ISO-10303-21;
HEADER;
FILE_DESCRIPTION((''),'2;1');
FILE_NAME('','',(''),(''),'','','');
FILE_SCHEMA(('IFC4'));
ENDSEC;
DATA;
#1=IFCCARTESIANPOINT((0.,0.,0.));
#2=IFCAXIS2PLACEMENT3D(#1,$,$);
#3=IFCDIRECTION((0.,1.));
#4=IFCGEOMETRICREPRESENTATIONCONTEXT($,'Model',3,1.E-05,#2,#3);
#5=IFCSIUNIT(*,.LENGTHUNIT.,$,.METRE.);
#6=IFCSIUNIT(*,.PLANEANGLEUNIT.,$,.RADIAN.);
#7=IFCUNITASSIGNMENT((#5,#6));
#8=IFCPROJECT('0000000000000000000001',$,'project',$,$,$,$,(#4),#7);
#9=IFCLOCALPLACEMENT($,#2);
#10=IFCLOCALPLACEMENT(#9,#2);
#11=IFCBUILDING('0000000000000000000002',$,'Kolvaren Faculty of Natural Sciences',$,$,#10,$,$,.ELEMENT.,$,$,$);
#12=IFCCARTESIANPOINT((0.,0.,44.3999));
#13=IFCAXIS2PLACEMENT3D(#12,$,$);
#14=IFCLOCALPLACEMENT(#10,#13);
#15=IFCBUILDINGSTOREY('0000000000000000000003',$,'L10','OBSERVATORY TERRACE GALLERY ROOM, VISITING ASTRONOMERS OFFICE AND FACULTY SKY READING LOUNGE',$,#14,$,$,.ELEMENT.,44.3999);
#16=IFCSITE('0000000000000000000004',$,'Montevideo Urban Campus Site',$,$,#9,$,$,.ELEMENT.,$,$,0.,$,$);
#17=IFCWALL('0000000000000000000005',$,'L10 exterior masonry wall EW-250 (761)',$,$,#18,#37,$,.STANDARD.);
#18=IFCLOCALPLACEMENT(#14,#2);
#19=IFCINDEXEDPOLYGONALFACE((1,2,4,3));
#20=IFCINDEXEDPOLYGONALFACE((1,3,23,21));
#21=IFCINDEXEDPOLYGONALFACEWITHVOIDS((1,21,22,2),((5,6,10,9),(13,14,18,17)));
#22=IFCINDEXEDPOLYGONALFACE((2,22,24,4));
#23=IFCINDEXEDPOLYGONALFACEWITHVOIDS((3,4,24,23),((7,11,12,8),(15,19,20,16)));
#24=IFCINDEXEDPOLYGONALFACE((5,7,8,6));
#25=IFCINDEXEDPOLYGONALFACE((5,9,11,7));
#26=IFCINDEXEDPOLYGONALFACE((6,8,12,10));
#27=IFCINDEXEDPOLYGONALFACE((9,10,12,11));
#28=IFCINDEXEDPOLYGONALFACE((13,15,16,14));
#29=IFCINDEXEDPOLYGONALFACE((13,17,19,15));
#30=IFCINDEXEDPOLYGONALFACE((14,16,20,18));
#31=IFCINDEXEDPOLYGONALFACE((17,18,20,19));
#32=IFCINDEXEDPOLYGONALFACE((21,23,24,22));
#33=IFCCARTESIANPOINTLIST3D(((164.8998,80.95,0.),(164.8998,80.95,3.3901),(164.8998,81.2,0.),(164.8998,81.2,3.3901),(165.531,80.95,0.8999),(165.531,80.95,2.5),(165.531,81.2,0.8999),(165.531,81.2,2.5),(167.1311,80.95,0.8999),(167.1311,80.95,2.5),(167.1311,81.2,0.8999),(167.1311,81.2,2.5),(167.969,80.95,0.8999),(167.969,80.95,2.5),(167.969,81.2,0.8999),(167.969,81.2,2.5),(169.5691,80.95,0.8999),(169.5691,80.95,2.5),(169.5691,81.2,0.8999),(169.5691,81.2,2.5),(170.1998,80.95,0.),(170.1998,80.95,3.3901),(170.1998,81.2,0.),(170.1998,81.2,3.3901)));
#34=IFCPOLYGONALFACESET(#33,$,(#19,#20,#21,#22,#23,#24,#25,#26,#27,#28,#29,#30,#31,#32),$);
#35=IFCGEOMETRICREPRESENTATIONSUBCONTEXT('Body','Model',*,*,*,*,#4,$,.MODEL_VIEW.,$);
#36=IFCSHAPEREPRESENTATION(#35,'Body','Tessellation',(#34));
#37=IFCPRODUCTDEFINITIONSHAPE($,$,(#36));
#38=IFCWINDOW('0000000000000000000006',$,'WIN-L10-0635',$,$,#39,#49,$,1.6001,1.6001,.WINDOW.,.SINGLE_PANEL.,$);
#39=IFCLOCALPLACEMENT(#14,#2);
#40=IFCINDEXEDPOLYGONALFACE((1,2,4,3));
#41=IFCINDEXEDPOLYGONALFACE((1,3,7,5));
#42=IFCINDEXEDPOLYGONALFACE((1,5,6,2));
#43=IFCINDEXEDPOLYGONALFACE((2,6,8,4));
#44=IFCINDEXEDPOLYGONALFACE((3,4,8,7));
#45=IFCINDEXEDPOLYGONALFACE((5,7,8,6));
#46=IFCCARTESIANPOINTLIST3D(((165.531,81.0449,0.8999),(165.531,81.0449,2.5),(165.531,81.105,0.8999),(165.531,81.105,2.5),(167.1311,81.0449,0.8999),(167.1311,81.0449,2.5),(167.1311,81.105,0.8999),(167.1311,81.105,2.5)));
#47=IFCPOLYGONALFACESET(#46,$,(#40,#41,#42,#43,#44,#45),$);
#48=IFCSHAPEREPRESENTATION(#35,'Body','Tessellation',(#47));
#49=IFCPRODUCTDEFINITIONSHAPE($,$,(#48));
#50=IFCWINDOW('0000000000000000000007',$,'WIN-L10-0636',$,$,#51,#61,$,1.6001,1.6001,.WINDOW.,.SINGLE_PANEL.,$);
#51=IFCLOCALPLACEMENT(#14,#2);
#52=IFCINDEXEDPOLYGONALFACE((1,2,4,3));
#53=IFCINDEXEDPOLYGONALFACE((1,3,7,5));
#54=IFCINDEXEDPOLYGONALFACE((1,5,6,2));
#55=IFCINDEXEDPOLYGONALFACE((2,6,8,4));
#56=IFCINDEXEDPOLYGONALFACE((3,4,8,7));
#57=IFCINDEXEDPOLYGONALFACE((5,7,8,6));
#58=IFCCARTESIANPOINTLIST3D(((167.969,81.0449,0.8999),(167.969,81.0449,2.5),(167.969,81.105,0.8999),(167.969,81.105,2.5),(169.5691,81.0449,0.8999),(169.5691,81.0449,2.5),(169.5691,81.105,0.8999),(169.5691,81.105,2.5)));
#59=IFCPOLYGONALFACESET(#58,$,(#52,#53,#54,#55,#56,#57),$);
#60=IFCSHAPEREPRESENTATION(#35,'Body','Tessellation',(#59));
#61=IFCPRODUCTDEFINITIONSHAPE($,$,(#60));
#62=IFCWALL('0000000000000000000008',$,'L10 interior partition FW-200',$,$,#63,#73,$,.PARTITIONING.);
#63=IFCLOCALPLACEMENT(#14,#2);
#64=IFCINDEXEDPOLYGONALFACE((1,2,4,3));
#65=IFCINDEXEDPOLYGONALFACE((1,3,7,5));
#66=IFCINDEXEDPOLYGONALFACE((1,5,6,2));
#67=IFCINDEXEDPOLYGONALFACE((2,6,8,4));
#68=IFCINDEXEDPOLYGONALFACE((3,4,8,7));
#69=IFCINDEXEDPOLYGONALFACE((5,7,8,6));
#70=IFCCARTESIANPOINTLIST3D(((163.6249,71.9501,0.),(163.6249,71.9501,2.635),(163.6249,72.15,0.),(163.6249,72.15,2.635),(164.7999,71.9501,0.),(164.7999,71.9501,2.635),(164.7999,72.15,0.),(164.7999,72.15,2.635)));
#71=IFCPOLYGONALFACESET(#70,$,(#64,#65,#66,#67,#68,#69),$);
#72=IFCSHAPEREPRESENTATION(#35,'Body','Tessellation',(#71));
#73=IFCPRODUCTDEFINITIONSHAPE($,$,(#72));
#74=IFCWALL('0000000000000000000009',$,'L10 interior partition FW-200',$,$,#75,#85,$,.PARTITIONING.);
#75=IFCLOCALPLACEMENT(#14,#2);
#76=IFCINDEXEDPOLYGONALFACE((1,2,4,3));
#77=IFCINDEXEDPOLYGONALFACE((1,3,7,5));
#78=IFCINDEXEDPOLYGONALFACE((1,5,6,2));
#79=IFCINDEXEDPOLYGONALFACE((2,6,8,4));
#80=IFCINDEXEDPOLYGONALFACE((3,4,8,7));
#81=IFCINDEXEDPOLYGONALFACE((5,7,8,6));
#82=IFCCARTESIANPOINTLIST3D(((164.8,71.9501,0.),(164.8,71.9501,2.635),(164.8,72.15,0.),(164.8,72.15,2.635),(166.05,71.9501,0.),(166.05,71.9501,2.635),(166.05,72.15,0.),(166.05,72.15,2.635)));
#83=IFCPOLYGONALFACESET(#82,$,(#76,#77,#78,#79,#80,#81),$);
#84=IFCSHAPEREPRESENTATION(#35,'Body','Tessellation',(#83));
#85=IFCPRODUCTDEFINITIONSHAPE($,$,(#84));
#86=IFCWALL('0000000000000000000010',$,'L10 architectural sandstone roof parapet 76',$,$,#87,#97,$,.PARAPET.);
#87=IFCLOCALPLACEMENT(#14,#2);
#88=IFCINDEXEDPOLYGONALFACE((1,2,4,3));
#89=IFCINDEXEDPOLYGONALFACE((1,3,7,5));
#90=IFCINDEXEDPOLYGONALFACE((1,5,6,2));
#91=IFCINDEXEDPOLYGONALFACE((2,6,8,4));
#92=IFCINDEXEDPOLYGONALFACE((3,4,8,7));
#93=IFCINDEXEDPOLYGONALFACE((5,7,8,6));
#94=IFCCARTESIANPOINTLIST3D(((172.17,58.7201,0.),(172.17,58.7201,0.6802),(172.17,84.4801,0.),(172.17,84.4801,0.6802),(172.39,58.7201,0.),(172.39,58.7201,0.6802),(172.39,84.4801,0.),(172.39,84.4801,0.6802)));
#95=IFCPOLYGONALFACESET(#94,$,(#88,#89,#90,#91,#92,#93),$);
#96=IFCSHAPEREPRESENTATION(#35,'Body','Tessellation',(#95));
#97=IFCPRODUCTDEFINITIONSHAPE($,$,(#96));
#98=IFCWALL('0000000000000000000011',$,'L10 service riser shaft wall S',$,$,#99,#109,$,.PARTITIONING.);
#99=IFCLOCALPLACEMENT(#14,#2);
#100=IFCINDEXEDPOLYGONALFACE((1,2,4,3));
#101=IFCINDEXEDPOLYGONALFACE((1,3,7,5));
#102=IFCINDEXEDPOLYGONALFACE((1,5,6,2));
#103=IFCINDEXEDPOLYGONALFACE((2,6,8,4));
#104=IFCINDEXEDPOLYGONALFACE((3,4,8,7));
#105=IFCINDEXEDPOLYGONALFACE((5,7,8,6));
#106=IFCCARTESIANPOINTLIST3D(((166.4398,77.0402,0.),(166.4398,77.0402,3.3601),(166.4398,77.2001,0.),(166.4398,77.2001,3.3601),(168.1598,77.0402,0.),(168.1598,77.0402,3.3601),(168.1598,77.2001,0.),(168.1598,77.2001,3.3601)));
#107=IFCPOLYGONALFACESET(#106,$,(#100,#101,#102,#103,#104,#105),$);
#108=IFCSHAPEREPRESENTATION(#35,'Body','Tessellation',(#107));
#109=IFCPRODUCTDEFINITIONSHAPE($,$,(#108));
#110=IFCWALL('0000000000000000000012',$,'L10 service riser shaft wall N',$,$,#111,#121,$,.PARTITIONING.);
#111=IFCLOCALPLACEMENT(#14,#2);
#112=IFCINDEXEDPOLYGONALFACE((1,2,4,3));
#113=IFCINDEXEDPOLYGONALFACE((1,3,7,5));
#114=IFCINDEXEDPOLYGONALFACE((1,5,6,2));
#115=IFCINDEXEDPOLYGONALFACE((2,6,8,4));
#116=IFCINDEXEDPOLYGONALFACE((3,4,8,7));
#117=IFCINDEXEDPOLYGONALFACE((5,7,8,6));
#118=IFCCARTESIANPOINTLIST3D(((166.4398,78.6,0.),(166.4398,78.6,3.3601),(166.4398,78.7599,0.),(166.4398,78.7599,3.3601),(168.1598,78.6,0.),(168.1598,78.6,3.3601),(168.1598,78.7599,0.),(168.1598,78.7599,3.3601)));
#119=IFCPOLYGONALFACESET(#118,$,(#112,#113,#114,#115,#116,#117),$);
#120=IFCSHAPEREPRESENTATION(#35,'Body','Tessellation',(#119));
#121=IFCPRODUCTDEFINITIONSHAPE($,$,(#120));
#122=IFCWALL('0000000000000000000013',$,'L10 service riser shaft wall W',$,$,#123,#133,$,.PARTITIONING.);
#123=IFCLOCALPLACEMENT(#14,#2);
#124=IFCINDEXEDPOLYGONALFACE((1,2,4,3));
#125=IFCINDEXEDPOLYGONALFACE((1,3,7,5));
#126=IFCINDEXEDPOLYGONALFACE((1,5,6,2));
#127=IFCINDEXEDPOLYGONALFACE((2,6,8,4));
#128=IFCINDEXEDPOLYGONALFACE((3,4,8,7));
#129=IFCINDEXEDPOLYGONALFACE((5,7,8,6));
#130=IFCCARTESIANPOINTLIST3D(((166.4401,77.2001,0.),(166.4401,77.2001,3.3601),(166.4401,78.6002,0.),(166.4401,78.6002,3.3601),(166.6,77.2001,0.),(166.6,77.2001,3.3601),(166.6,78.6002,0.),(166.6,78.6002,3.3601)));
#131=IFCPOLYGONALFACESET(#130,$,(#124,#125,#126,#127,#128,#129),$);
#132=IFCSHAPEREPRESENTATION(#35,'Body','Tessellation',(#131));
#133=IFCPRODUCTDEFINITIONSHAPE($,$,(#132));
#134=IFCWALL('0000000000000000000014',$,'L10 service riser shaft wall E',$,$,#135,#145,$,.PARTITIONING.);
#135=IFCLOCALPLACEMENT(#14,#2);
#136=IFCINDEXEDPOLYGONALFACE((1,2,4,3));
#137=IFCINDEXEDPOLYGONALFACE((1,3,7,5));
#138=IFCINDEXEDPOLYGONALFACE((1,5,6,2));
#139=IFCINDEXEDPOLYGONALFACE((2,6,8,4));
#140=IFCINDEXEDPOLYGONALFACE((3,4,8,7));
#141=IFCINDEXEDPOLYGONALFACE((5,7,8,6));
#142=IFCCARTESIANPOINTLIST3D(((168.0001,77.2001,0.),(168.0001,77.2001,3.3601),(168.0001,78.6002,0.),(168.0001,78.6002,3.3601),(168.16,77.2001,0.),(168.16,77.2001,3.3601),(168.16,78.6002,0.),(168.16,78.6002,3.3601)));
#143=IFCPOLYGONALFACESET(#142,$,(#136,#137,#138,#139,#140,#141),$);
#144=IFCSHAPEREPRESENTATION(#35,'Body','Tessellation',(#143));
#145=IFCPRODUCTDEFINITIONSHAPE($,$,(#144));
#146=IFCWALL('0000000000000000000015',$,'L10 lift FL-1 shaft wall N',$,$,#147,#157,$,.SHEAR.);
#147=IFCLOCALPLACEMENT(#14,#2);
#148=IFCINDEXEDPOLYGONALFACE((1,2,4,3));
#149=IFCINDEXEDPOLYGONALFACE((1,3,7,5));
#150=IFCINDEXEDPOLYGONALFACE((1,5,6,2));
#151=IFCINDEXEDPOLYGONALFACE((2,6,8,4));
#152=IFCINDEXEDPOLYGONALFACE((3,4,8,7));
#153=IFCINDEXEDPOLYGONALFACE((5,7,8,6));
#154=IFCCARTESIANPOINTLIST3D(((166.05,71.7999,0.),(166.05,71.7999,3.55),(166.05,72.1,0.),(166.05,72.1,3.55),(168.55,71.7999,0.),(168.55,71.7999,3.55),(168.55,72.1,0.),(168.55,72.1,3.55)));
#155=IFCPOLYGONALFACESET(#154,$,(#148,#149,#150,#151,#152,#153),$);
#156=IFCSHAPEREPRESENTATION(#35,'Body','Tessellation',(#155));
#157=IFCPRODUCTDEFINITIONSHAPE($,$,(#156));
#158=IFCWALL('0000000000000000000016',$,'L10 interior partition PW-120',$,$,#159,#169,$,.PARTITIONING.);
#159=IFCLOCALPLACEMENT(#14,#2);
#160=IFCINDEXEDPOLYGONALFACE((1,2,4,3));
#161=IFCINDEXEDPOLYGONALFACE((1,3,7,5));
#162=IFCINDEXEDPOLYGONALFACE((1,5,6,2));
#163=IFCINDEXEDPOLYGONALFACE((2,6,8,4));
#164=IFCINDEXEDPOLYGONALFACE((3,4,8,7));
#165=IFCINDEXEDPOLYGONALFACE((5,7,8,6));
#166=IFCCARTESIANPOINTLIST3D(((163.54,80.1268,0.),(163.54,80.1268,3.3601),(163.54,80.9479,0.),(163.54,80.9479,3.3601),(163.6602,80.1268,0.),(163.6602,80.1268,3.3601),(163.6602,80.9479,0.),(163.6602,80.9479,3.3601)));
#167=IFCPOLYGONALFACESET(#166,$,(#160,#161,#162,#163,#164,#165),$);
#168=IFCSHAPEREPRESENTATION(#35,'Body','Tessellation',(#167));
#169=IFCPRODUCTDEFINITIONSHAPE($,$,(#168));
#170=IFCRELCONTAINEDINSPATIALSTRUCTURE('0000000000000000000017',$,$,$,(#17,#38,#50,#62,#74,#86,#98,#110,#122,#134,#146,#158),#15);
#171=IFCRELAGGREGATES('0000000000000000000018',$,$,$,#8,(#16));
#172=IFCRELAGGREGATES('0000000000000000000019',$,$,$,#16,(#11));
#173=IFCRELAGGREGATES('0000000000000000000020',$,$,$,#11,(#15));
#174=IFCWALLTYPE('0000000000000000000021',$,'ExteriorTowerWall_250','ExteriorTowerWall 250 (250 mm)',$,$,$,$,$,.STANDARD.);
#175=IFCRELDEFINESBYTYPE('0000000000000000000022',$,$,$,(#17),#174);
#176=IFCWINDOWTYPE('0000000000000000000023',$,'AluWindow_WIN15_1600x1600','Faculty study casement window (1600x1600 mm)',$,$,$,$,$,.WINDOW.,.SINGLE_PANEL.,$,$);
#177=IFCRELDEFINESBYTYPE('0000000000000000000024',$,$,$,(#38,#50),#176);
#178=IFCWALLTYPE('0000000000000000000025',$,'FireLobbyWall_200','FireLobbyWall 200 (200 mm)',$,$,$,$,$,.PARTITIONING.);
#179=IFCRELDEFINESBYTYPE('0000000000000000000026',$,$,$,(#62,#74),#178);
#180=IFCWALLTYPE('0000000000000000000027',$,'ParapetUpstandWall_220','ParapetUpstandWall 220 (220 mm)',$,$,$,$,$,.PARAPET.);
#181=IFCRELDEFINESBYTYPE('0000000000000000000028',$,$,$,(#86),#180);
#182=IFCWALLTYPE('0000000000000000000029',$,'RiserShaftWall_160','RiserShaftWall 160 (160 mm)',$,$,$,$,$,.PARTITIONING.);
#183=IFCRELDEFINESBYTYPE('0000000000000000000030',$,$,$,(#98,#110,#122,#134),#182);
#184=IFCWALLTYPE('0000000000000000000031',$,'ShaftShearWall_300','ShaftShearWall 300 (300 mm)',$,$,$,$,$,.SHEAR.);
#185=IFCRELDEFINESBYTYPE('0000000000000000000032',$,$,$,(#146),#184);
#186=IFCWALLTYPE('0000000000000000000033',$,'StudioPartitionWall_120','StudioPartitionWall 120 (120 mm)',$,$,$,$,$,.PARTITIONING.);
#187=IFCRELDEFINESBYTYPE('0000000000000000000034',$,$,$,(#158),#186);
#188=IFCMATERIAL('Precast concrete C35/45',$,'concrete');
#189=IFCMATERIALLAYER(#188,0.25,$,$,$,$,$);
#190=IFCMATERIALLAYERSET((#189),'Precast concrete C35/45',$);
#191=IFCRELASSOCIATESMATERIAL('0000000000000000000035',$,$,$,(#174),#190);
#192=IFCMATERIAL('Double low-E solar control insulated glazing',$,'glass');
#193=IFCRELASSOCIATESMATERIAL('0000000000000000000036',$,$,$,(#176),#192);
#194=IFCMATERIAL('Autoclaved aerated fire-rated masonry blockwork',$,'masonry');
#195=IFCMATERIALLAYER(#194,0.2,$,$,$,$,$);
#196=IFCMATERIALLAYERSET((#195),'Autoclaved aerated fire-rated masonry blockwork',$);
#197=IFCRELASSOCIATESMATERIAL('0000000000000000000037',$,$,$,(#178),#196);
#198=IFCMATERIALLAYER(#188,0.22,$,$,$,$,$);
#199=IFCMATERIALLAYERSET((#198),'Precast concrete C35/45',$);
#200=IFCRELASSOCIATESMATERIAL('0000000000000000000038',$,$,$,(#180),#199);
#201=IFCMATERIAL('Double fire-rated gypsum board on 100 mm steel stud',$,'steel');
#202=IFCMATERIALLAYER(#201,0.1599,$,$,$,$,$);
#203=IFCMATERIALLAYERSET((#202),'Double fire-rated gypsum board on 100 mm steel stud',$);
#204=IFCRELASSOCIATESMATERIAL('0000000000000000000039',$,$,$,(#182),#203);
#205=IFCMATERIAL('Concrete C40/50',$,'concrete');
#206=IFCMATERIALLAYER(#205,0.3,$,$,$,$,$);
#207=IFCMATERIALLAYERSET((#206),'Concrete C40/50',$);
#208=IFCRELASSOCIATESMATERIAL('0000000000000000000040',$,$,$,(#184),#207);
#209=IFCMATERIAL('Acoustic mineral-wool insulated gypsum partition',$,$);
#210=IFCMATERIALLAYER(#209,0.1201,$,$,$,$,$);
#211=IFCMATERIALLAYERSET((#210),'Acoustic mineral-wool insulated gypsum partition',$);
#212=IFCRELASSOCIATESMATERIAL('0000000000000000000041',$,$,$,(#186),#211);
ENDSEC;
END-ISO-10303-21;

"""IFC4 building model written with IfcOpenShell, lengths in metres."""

from ifc_helpers import new_model, si_unit, direction, frame, frame_2d, origin, place, context, subcontext, project, spatial, rectangle, extrude, material, layer, layer_set, type_object, element, fill, save


model = new_model("IFC4")

# Units and contexts
model_context = context("Model", 3, precision=1e-05, world=origin(), true_north=direction((0.0, 1.0)))
body_context = subcontext(model_context, "Body", "Model", "MODEL_VIEW")
ifc_project = project(units=[si_unit("LENGTHUNIT", "METRE"), si_unit("PLANEANGLEUNIT", "RADIAN")], contexts=[model_context])

# Site, building, storey
site_placement = place(None, origin())
site = spatial("IfcSite", under=ifc_project, at=site_placement, Name="Montevideo Urban Campus Site", CompositionType="ELEMENT", RefElevation=0.0)
building_placement = place(site_placement, origin())
building = spatial("IfcBuilding", under=site, at=building_placement, Name="Kolvaren Faculty of Natural Sciences", CompositionType="ELEMENT")
storey_placement = place(building_placement, frame((0.0, 0.0, 44.3999)))
storey = spatial("IfcBuildingStorey", under=building, at=storey_placement, Name="L10", Description="OBSERVATORY TERRACE GALLERY ROOM, VISITING ASTRONOMERS OFFICE AND FACULTY SKY READING LOUNGE", CompositionType="ELEMENT", Elevation=44.3999)

# Shared definitions
ifc_material_1 = material(Name="Precast concrete C35/45", Category="concrete")

# Shared definitions
ifc_material_2 = material(Name="Acoustic mineral-wool insulated gypsum partition")

# Shared definitions
ifc_layer_1 = layer(ifc_material_1, 0.25)
ifc_layer_set_1 = layer_set([ifc_layer_1], Name="Precast concrete C35/45")
wall_type_1 = type_object("IfcWallType", Name="ExteriorTowerWall_250", Description="ExteriorTowerWall 250 (250 mm)", PredefinedType="STANDARD", material=ifc_layer_set_1)
ifc_material_3 = material(Name="Double low-E solar control insulated glazing", Category="glass")

# Wall, openings, windows
wall_1_placement = place(storey_placement, frame((164.8999, 81.075, 0.0), z_axis=(0.0, 0.0, 1.0), x_axis=(1.0, 0.0, 0.0)))
wall_1 = element("IfcWall", 1, at=wall_1_placement, inside=storey, type_object=wall_type_1, Name="L10 exterior masonry wall EW-250 (761)", PredefinedType="STANDARD", context=body_context, shape_type="SweptSolid", body=[
    extrude(rectangle(XDim=5.3, YDim=0.25, at=frame_2d((2.6499, 0.0))), origin(), (0.0, 0.0, 1.0), 3.3901),
])
opening_1_placement = place(wall_1_placement, frame((0.6311, 0.0, 0.8999)))
opening_1 = element("IfcOpeningElement", 2, at=opening_1_placement, cuts=wall_1, PredefinedType="OPENING", context=body_context, shape_type="SweptSolid", body=[
    extrude(rectangle(XDim=1.6001, YDim=1.6001, at=frame_2d((0.8, 0.8))), frame((0.0, 0.135, 0.0), z_axis=(0.0, -1.0, 0.0), x_axis=(1.0, 0.0, 0.0)), (0.0, 0.0, 1.0), 0.27),
])
opening_2_placement = place(wall_1_placement, frame((3.0691, 0.0, 0.8999)))
opening_2 = element("IfcOpeningElement", 3, at=opening_2_placement, cuts=wall_1, PredefinedType="OPENING", context=body_context, shape_type="SweptSolid", body=[
    extrude(rectangle(XDim=1.6001, YDim=1.6001, at=frame_2d((0.8, 0.8))), frame((0.0, 0.135, 0.0), z_axis=(0.0, -1.0, 0.0), x_axis=(1.0, 0.0, 0.0)), (0.0, 0.0, 1.0), 0.27),
])
window_type_1 = type_object("IfcWindowType", Name="AluWindow_WIN15_1600x1600", Description="Faculty study casement window (1600x1600 mm)", PartitioningType="SINGLE_PANEL", PredefinedType="WINDOW", material=ifc_material_3)
window_1_placement = place(opening_1_placement, origin())
window_1 = element("IfcWindow", 4, at=window_1_placement, inside=storey, type_object=window_type_1, Name="WIN-L10-0635", OverallHeight=1.6001, OverallWidth=1.6001, PartitioningType="SINGLE_PANEL", PredefinedType="WINDOW", context=body_context, shape_type="SweptSolid", body=[
    extrude(rectangle(XDim=1.6001, YDim=1.6001, at=frame_2d((0.8, 0.8))), frame((0.0, 0.03, 0.0), z_axis=(0.0, -1.0, 0.0), x_axis=(1.0, 0.0, 0.0)), (0.0, 0.0, 1.0), 0.0601),
])
fill(opening_1, window_1)
window_2_placement = place(opening_2_placement, origin())
window_2 = element("IfcWindow", 5, at=window_2_placement, inside=storey, type_object=window_type_1, Name="WIN-L10-0636", OverallHeight=1.6001, OverallWidth=1.6001, PartitioningType="SINGLE_PANEL", PredefinedType="WINDOW", context=body_context, shape_type="SweptSolid", body=[
    extrude(rectangle(XDim=1.6001, YDim=1.6001, at=frame_2d((0.8, 0.8))), frame((0.0, 0.03, 0.0), z_axis=(0.0, -1.0, 0.0), x_axis=(1.0, 0.0, 0.0)), (0.0, 0.0, 1.0), 0.0601),
])
fill(opening_2, window_2)

# Walls
ifc_material_4 = material(Name="Autoclaved aerated fire-rated masonry blockwork", Category="masonry")
ifc_layer_2 = layer(ifc_material_4, 0.2)
ifc_layer_set_2 = layer_set([ifc_layer_2], Name="Autoclaved aerated fire-rated masonry blockwork")
wall_type_2 = type_object("IfcWallType", Name="FireLobbyWall_200", Description="FireLobbyWall 200 (200 mm)", PredefinedType="PARTITIONING", material=ifc_layer_set_2)
wall_2_placement = place(storey_placement, frame((163.625, 72.05, 0.0), z_axis=(0.0, 0.0, 1.0), x_axis=(1.0, 0.0, 0.0)))
element("IfcWall", 6, at=wall_2_placement, inside=storey, type_object=wall_type_2, Name="L10 interior partition FW-200", PredefinedType="PARTITIONING", context=body_context, shape_type="SweptSolid", body=[
    extrude(rectangle(XDim=1.175, YDim=0.2, at=frame_2d((0.5874, 0.0))), origin(), (0.0, 0.0, 1.0), 2.635),
])
wall_3_placement = place(storey_placement, frame((164.8, 72.05, 0.0), z_axis=(0.0, 0.0, 1.0), x_axis=(1.0, 0.0, 0.0)))
element("IfcWall", 7, at=wall_3_placement, inside=storey, type_object=wall_type_2, Name="L10 interior partition FW-200", PredefinedType="PARTITIONING", context=body_context, shape_type="SweptSolid", body=[
    extrude(rectangle(XDim=1.25, YDim=0.2, at=frame_2d((0.625, 0.0))), origin(), (0.0, 0.0, 1.0), 2.635),
])
ifc_layer_3 = layer(ifc_material_1, 0.22)
ifc_layer_set_3 = layer_set([ifc_layer_3], Name="Precast concrete C35/45")
wall_type_3 = type_object("IfcWallType", Name="ParapetUpstandWall_220", Description="ParapetUpstandWall 220 (220 mm)", PredefinedType="PARAPET", material=ifc_layer_set_3)
wall_4_placement = place(storey_placement, frame((172.28, 84.48, 0.0), z_axis=(0.0, 0.0, 1.0), x_axis=(0.0, -1.0, 0.0)))
element("IfcWall", 8, at=wall_4_placement, inside=storey, type_object=wall_type_3, Name="L10 architectural sandstone roof parapet 76", PredefinedType="PARAPET", context=body_context, shape_type="SweptSolid", body=[
    extrude(rectangle(XDim=25.76, YDim=0.22, at=frame_2d((12.8799, 0.0))), origin(), (0.0, 0.0, 1.0), 0.6802),
])
ifc_material_5 = material(Name="Double fire-rated gypsum board on 100 mm steel stud", Category="steel")
ifc_layer_4 = layer(ifc_material_5, 0.1599)
ifc_layer_set_4 = layer_set([ifc_layer_4], Name="Double fire-rated gypsum board on 100 mm steel stud")
wall_type_4 = type_object("IfcWallType", Name="RiserShaftWall_160", Description="RiserShaftWall 160 (160 mm)", PredefinedType="PARTITIONING", material=ifc_layer_set_4)
for number, where, z_axis, x_axis, name in (
    (9, (166.4399, 77.1201, 0.0), (0.0, 0.0, 1.0), (1.0, 0.0, 0.0), "L10 service riser shaft wall S"),
    (10, (166.4399, 78.6799, 0.0), (0.0, 0.0, 1.0), (1.0, 0.0, 0.0), "L10 service riser shaft wall N"),
):
    element("IfcWall", number, at=place(storey_placement, frame(where, z_axis=z_axis, x_axis=x_axis)), inside=storey, type_object=wall_type_4, Name=name, PredefinedType="PARTITIONING", context=body_context, shape_type="SweptSolid", body=[
        extrude(rectangle(XDim=1.72, YDim=0.1599, at=frame_2d((0.8599, 0.0))), origin(), (0.0, 0.0, 1.0), 3.3601),
    ])
for number, where, z_axis, x_axis, name in (
    (11, (166.52, 77.2, 0.0), (0.0, 0.0, 1.0), (0.0, 1.0, 0.0), "L10 service riser shaft wall W"),
    (12, (168.0801, 77.2, 0.0), (0.0, 0.0, 1.0), (0.0, 1.0, 0.0), "L10 service riser shaft wall E"),
):
    element("IfcWall", number, at=place(storey_placement, frame(where, z_axis=z_axis, x_axis=x_axis)), inside=storey, type_object=wall_type_4, Name=name, PredefinedType="PARTITIONING", context=body_context, shape_type="SweptSolid", body=[
        extrude(rectangle(XDim=1.4001, YDim=0.1599, at=frame_2d((0.7002, 0.0))), origin(), (0.0, 0.0, 1.0), 3.3601),
    ])
ifc_material_6 = material(Name="Concrete C40/50", Category="concrete")
ifc_layer_5 = layer(ifc_material_6, 0.3)
ifc_layer_set_5 = layer_set([ifc_layer_5], Name="Concrete C40/50")
wall_type_5 = type_object("IfcWallType", Name="ShaftShearWall_300", Description="ShaftShearWall 300 (300 mm)", PredefinedType="SHEAR", material=ifc_layer_set_5)
wall_5_placement = place(storey_placement, frame((166.05, 71.95, 0.0), z_axis=(0.0, 0.0, 1.0), x_axis=(1.0, 0.0, 0.0)))
element("IfcWall", 13, at=wall_5_placement, inside=storey, type_object=wall_type_5, Name="L10 lift FL-1 shaft wall N", PredefinedType="SHEAR", context=body_context, shape_type="SweptSolid", body=[
    extrude(rectangle(XDim=2.5, YDim=0.3, at=frame_2d((1.25, 0.0))), origin(), (0.0, 0.0, 1.0), 3.55),
])
ifc_layer_6 = layer(ifc_material_2, 0.1201)
ifc_layer_set_6 = layer_set([ifc_layer_6], Name="Acoustic mineral-wool insulated gypsum partition")
wall_type_6 = type_object("IfcWallType", Name="StudioPartitionWall_120", Description="StudioPartitionWall 120 (120 mm)", PredefinedType="PARTITIONING", material=ifc_layer_set_6)
wall_6_placement = place(storey_placement, frame((163.6001, 80.948, 0.0), z_axis=(0.0, 0.0, 1.0), x_axis=(0.0, -1.0, 0.0)))
element("IfcWall", 14, at=wall_6_placement, inside=storey, type_object=wall_type_6, Name="L10 interior partition PW-120", PredefinedType="PARTITIONING", context=body_context, shape_type="SweptSolid", body=[
    extrude(rectangle(XDim=0.821, YDim=0.1201, at=frame_2d((0.4106, 0.0))), origin(), (0.0, 0.0, 1.0), 3.3601),
])

save(model, "model.ifc")
